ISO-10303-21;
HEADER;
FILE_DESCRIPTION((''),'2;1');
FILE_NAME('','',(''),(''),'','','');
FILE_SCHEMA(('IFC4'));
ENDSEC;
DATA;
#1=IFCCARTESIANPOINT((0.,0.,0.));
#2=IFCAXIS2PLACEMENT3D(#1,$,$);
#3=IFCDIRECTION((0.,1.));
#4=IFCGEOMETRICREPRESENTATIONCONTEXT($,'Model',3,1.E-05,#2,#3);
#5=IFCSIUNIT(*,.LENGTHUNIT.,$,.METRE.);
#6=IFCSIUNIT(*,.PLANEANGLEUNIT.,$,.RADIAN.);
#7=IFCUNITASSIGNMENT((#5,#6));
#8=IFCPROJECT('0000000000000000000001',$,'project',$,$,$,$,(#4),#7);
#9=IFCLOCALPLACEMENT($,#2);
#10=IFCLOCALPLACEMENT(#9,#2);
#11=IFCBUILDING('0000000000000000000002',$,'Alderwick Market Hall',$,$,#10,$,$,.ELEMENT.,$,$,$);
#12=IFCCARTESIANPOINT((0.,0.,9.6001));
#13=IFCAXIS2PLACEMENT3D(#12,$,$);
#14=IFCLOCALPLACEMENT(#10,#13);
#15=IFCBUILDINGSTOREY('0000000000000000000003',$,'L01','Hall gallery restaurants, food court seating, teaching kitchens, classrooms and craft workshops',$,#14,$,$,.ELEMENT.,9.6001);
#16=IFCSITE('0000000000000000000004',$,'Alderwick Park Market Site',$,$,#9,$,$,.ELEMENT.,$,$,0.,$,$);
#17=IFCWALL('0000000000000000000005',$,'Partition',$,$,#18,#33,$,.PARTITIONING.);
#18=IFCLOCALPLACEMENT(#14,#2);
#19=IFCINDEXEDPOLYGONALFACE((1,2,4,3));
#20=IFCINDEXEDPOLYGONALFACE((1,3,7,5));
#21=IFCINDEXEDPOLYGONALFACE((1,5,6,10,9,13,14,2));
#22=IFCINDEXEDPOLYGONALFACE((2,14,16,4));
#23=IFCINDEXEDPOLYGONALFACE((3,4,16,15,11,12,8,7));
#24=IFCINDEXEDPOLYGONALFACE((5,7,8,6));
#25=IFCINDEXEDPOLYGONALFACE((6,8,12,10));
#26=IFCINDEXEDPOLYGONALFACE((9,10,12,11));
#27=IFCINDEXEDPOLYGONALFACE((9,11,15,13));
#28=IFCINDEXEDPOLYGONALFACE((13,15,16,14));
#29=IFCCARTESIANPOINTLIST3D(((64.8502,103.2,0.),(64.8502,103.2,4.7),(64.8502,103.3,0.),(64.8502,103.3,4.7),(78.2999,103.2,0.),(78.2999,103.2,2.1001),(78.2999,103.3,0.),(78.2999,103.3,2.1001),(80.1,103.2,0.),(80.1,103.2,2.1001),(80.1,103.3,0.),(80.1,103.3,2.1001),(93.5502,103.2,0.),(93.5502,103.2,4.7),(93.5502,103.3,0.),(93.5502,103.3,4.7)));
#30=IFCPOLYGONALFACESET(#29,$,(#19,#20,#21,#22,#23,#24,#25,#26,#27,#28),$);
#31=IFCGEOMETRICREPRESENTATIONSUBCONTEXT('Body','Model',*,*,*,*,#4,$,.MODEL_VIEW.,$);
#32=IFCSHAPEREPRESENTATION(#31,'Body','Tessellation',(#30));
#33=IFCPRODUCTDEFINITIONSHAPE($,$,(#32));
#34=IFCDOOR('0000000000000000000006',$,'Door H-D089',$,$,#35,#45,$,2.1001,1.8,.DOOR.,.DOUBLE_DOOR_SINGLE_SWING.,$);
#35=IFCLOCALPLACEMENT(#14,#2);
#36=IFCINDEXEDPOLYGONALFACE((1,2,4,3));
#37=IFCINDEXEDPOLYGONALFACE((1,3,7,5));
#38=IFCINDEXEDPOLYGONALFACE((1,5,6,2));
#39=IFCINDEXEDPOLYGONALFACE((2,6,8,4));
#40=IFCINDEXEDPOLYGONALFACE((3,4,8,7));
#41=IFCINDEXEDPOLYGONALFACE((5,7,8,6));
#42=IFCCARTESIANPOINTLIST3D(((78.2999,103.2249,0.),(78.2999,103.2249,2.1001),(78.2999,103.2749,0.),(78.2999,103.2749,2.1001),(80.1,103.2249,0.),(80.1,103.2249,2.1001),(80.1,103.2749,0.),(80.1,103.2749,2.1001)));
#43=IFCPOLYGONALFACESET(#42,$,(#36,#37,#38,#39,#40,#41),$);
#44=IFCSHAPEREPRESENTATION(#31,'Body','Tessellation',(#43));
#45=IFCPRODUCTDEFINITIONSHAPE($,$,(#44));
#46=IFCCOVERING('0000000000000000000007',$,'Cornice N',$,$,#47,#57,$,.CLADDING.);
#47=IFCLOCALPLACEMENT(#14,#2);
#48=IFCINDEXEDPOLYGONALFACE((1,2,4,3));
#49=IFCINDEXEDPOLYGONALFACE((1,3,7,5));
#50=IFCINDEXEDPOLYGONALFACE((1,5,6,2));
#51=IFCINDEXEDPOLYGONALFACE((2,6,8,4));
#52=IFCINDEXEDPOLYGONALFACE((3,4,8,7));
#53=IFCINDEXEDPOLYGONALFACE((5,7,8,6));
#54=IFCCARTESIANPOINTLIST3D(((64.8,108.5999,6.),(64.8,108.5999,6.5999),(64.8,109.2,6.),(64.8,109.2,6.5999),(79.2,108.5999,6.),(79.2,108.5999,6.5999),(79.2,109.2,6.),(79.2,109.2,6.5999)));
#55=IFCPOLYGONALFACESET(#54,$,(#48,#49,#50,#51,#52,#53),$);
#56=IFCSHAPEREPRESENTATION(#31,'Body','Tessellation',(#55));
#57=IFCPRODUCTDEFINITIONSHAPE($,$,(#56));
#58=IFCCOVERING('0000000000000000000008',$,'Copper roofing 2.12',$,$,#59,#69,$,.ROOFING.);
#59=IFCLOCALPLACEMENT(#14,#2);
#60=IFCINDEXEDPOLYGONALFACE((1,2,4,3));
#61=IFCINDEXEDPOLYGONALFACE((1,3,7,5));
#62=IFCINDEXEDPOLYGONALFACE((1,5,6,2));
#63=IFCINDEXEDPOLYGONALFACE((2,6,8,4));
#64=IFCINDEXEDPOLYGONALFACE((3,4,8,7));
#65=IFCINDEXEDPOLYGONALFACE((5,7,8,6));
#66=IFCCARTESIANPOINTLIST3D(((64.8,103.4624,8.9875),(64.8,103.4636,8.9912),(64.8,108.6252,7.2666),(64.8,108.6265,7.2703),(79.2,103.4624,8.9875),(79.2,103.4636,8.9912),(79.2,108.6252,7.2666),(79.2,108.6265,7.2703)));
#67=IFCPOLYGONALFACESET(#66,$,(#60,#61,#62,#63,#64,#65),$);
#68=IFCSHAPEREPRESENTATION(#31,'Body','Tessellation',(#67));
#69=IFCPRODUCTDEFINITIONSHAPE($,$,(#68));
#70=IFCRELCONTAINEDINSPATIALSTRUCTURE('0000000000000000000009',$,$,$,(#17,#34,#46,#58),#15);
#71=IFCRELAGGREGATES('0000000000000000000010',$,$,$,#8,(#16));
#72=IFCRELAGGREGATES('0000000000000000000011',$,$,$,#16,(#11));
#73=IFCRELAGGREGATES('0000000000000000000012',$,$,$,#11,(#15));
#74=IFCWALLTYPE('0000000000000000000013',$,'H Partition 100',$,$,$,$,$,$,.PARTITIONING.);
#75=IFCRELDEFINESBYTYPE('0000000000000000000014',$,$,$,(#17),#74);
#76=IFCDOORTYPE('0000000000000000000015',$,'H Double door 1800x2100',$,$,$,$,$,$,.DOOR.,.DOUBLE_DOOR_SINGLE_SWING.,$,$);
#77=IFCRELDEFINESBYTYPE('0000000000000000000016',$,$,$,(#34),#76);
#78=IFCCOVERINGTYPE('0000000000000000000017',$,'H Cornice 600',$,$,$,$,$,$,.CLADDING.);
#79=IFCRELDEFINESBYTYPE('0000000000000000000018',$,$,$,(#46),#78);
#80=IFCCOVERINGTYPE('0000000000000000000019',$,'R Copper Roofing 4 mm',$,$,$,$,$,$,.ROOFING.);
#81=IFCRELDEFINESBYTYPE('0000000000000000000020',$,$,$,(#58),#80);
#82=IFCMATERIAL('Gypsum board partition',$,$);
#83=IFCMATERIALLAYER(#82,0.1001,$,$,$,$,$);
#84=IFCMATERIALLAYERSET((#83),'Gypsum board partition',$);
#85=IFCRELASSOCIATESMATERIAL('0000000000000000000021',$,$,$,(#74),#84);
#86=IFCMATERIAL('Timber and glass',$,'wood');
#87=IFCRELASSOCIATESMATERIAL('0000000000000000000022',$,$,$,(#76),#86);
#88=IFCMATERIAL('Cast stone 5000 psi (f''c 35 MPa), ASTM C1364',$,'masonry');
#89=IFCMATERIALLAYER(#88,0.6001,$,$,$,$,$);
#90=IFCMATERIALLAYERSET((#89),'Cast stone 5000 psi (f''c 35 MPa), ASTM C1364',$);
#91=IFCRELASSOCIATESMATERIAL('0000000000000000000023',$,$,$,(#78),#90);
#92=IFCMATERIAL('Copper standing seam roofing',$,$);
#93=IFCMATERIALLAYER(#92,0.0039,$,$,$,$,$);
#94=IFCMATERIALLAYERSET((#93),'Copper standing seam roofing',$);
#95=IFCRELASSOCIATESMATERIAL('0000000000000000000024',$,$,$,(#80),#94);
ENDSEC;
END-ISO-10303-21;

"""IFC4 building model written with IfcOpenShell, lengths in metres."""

from ifc_helpers import new_model, si_unit, direction, frame, frame_2d, origin, place, context, subcontext, project, spatial, polyline, rectangle, outline, extrude, material, layer, layer_set, type_object, element, fill, save


model = new_model("IFC4")

# Units and contexts
model_context = context("Model", 3, precision=1e-05, world=origin(), true_north=direction((0.0, 1.0)))
body_context = subcontext(model_context, "Body", "Model", "MODEL_VIEW")
ifc_project = project(units=[si_unit("LENGTHUNIT", "METRE"), si_unit("PLANEANGLEUNIT", "RADIAN")], contexts=[model_context])

# Site, building, storey
site_placement = place(None, origin())
site = spatial("IfcSite", under=ifc_project, at=site_placement, Name="Alderwick Park Market Site", CompositionType="ELEMENT", RefElevation=0.0)
building_placement = place(site_placement, origin())
building = spatial("IfcBuilding", under=site, at=building_placement, Name="Alderwick Market Hall", CompositionType="ELEMENT")
storey_placement = place(building_placement, frame((0.0, 0.0, 9.6001)))
storey = spatial("IfcBuildingStorey", under=building, at=storey_placement, Name="L01", Description="Hall gallery restaurants, food court seating, teaching kitchens, classrooms and craft workshops", CompositionType="ELEMENT", Elevation=9.6001)

# Shared definitions
ifc_material_1 = material(Name="Gypsum board partition")
ifc_layer_1 = layer(ifc_material_1, 0.1001)
ifc_layer_set_1 = layer_set([ifc_layer_1], Name="Gypsum board partition")
wall_type = type_object("IfcWallType", Name="H Partition 100", PredefinedType="PARTITIONING", material=ifc_layer_set_1)

# Wall, opening, door
wall_1_placement = place(storey_placement, frame((64.8501, 103.25, 0.0), z_axis=(0.0, 0.0, 1.0), x_axis=(1.0, 0.0, 0.0)))
wall_1 = element("IfcWall", 1, at=wall_1_placement, inside=storey, type_object=wall_type, Name="Partition", PredefinedType="PARTITIONING", context=body_context, shape_type="SweptSolid", body=[
    extrude(rectangle(XDim=28.7, YDim=0.1001, at=frame_2d((14.3501, 0.0))), origin(), (0.0, 0.0, 1.0), 4.7),
])
opening_placement = place(wall_1_placement, frame((13.45, 0.0, 0.0)))
opening = element("IfcOpeningElement", 2, at=opening_placement, cuts=wall_1, PredefinedType="OPENING", context=body_context, shape_type="SweptSolid", body=[
    extrude(rectangle(XDim=1.8, YDim=2.1001, at=frame_2d((0.8999, 1.05))), frame((0.0, 0.0601, 0.0), z_axis=(0.0, -1.0, 0.0), x_axis=(1.0, 0.0, 0.0)), (0.0, 0.0, 1.0), 0.1201),
])
ifc_material_2 = material(Name="Timber and glass", Category="wood")
door_type = type_object("IfcDoorType", Name="H Double door 1800x2100", OperationType="DOUBLE_DOOR_SINGLE_SWING", PredefinedType="DOOR", material=ifc_material_2)
door_placement = place(opening_placement, origin())
door = element("IfcDoor", 3, at=door_placement, inside=storey, type_object=door_type, Name="Door H-D089", OperationType="DOUBLE_DOOR_SINGLE_SWING", OverallHeight=2.1001, OverallWidth=1.8, PredefinedType="DOOR", context=body_context, shape_type="SweptSolid", body=[
    extrude(rectangle(XDim=1.8, YDim=2.1001, at=frame_2d((0.8999, 1.05))), frame((0.0, 0.0249, 0.0), z_axis=(0.0, -1.0, 0.0), x_axis=(1.0, 0.0, 0.0)), (0.0, 0.0, 1.0), 0.05),
])
fill(opening, door)

# Coverings
ifc_material_3 = material(Name="Cast stone 5000 psi (f'c 35 MPa), ASTM C1364", Category="masonry")
ifc_layer_2 = layer(ifc_material_3, 0.6001)
ifc_layer_set_2 = layer_set([ifc_layer_2], Name="Cast stone 5000 psi (f'c 35 MPa), ASTM C1364")
covering_type_1 = type_object("IfcCoveringType", Name="H Cornice 600", PredefinedType="CLADDING", material=ifc_layer_set_2)
covering_1_placement = place(storey_placement, frame((64.8, 108.8999, 6.0), z_axis=(0.0, 0.0, 1.0), x_axis=(1.0, 0.0, 0.0)))
element("IfcCovering", 4, at=covering_1_placement, inside=storey, type_object=covering_type_1, Name="Cornice N", PredefinedType="CLADDING", context=body_context, shape_type="SweptSolid", body=[
    extrude(rectangle(XDim=14.3999, YDim=0.6001, at=frame_2d((7.2, 0.0))), origin(), (0.0, 0.0, 1.0), 0.5999),
])
ifc_material_4 = material(Name="Copper standing seam roofing")
ifc_layer_3 = layer(ifc_material_4, 0.0039)
ifc_layer_set_3 = layer_set([ifc_layer_3], Name="Copper standing seam roofing")
covering_type_2 = type_object("IfcCoveringType", Name="R Copper Roofing 4 mm", PredefinedType="ROOFING", material=ifc_layer_set_3)
covering_2_placement = place(storey_placement, frame((64.8, 103.4636, 8.9912), z_axis=(0.0, 0.316228, 0.948683), x_axis=(1.0, 0.0, 0.0)))
element("IfcCovering", 5, at=covering_2_placement, inside=storey, type_object=covering_type_2, Name="Copper roofing 2.12", PredefinedType="ROOFING", context=body_context, shape_type="SweptSolid", body=[
    extrude(outline(polyline([(0.0, 0.0), (14.3999, 0.0), (14.3999, 5.4421), (0.0, 5.4421), (0.0, 0.0)])), origin(), (0.0, 0.0, -1.0), 0.0039),
])

save(model, "model.ifc")
